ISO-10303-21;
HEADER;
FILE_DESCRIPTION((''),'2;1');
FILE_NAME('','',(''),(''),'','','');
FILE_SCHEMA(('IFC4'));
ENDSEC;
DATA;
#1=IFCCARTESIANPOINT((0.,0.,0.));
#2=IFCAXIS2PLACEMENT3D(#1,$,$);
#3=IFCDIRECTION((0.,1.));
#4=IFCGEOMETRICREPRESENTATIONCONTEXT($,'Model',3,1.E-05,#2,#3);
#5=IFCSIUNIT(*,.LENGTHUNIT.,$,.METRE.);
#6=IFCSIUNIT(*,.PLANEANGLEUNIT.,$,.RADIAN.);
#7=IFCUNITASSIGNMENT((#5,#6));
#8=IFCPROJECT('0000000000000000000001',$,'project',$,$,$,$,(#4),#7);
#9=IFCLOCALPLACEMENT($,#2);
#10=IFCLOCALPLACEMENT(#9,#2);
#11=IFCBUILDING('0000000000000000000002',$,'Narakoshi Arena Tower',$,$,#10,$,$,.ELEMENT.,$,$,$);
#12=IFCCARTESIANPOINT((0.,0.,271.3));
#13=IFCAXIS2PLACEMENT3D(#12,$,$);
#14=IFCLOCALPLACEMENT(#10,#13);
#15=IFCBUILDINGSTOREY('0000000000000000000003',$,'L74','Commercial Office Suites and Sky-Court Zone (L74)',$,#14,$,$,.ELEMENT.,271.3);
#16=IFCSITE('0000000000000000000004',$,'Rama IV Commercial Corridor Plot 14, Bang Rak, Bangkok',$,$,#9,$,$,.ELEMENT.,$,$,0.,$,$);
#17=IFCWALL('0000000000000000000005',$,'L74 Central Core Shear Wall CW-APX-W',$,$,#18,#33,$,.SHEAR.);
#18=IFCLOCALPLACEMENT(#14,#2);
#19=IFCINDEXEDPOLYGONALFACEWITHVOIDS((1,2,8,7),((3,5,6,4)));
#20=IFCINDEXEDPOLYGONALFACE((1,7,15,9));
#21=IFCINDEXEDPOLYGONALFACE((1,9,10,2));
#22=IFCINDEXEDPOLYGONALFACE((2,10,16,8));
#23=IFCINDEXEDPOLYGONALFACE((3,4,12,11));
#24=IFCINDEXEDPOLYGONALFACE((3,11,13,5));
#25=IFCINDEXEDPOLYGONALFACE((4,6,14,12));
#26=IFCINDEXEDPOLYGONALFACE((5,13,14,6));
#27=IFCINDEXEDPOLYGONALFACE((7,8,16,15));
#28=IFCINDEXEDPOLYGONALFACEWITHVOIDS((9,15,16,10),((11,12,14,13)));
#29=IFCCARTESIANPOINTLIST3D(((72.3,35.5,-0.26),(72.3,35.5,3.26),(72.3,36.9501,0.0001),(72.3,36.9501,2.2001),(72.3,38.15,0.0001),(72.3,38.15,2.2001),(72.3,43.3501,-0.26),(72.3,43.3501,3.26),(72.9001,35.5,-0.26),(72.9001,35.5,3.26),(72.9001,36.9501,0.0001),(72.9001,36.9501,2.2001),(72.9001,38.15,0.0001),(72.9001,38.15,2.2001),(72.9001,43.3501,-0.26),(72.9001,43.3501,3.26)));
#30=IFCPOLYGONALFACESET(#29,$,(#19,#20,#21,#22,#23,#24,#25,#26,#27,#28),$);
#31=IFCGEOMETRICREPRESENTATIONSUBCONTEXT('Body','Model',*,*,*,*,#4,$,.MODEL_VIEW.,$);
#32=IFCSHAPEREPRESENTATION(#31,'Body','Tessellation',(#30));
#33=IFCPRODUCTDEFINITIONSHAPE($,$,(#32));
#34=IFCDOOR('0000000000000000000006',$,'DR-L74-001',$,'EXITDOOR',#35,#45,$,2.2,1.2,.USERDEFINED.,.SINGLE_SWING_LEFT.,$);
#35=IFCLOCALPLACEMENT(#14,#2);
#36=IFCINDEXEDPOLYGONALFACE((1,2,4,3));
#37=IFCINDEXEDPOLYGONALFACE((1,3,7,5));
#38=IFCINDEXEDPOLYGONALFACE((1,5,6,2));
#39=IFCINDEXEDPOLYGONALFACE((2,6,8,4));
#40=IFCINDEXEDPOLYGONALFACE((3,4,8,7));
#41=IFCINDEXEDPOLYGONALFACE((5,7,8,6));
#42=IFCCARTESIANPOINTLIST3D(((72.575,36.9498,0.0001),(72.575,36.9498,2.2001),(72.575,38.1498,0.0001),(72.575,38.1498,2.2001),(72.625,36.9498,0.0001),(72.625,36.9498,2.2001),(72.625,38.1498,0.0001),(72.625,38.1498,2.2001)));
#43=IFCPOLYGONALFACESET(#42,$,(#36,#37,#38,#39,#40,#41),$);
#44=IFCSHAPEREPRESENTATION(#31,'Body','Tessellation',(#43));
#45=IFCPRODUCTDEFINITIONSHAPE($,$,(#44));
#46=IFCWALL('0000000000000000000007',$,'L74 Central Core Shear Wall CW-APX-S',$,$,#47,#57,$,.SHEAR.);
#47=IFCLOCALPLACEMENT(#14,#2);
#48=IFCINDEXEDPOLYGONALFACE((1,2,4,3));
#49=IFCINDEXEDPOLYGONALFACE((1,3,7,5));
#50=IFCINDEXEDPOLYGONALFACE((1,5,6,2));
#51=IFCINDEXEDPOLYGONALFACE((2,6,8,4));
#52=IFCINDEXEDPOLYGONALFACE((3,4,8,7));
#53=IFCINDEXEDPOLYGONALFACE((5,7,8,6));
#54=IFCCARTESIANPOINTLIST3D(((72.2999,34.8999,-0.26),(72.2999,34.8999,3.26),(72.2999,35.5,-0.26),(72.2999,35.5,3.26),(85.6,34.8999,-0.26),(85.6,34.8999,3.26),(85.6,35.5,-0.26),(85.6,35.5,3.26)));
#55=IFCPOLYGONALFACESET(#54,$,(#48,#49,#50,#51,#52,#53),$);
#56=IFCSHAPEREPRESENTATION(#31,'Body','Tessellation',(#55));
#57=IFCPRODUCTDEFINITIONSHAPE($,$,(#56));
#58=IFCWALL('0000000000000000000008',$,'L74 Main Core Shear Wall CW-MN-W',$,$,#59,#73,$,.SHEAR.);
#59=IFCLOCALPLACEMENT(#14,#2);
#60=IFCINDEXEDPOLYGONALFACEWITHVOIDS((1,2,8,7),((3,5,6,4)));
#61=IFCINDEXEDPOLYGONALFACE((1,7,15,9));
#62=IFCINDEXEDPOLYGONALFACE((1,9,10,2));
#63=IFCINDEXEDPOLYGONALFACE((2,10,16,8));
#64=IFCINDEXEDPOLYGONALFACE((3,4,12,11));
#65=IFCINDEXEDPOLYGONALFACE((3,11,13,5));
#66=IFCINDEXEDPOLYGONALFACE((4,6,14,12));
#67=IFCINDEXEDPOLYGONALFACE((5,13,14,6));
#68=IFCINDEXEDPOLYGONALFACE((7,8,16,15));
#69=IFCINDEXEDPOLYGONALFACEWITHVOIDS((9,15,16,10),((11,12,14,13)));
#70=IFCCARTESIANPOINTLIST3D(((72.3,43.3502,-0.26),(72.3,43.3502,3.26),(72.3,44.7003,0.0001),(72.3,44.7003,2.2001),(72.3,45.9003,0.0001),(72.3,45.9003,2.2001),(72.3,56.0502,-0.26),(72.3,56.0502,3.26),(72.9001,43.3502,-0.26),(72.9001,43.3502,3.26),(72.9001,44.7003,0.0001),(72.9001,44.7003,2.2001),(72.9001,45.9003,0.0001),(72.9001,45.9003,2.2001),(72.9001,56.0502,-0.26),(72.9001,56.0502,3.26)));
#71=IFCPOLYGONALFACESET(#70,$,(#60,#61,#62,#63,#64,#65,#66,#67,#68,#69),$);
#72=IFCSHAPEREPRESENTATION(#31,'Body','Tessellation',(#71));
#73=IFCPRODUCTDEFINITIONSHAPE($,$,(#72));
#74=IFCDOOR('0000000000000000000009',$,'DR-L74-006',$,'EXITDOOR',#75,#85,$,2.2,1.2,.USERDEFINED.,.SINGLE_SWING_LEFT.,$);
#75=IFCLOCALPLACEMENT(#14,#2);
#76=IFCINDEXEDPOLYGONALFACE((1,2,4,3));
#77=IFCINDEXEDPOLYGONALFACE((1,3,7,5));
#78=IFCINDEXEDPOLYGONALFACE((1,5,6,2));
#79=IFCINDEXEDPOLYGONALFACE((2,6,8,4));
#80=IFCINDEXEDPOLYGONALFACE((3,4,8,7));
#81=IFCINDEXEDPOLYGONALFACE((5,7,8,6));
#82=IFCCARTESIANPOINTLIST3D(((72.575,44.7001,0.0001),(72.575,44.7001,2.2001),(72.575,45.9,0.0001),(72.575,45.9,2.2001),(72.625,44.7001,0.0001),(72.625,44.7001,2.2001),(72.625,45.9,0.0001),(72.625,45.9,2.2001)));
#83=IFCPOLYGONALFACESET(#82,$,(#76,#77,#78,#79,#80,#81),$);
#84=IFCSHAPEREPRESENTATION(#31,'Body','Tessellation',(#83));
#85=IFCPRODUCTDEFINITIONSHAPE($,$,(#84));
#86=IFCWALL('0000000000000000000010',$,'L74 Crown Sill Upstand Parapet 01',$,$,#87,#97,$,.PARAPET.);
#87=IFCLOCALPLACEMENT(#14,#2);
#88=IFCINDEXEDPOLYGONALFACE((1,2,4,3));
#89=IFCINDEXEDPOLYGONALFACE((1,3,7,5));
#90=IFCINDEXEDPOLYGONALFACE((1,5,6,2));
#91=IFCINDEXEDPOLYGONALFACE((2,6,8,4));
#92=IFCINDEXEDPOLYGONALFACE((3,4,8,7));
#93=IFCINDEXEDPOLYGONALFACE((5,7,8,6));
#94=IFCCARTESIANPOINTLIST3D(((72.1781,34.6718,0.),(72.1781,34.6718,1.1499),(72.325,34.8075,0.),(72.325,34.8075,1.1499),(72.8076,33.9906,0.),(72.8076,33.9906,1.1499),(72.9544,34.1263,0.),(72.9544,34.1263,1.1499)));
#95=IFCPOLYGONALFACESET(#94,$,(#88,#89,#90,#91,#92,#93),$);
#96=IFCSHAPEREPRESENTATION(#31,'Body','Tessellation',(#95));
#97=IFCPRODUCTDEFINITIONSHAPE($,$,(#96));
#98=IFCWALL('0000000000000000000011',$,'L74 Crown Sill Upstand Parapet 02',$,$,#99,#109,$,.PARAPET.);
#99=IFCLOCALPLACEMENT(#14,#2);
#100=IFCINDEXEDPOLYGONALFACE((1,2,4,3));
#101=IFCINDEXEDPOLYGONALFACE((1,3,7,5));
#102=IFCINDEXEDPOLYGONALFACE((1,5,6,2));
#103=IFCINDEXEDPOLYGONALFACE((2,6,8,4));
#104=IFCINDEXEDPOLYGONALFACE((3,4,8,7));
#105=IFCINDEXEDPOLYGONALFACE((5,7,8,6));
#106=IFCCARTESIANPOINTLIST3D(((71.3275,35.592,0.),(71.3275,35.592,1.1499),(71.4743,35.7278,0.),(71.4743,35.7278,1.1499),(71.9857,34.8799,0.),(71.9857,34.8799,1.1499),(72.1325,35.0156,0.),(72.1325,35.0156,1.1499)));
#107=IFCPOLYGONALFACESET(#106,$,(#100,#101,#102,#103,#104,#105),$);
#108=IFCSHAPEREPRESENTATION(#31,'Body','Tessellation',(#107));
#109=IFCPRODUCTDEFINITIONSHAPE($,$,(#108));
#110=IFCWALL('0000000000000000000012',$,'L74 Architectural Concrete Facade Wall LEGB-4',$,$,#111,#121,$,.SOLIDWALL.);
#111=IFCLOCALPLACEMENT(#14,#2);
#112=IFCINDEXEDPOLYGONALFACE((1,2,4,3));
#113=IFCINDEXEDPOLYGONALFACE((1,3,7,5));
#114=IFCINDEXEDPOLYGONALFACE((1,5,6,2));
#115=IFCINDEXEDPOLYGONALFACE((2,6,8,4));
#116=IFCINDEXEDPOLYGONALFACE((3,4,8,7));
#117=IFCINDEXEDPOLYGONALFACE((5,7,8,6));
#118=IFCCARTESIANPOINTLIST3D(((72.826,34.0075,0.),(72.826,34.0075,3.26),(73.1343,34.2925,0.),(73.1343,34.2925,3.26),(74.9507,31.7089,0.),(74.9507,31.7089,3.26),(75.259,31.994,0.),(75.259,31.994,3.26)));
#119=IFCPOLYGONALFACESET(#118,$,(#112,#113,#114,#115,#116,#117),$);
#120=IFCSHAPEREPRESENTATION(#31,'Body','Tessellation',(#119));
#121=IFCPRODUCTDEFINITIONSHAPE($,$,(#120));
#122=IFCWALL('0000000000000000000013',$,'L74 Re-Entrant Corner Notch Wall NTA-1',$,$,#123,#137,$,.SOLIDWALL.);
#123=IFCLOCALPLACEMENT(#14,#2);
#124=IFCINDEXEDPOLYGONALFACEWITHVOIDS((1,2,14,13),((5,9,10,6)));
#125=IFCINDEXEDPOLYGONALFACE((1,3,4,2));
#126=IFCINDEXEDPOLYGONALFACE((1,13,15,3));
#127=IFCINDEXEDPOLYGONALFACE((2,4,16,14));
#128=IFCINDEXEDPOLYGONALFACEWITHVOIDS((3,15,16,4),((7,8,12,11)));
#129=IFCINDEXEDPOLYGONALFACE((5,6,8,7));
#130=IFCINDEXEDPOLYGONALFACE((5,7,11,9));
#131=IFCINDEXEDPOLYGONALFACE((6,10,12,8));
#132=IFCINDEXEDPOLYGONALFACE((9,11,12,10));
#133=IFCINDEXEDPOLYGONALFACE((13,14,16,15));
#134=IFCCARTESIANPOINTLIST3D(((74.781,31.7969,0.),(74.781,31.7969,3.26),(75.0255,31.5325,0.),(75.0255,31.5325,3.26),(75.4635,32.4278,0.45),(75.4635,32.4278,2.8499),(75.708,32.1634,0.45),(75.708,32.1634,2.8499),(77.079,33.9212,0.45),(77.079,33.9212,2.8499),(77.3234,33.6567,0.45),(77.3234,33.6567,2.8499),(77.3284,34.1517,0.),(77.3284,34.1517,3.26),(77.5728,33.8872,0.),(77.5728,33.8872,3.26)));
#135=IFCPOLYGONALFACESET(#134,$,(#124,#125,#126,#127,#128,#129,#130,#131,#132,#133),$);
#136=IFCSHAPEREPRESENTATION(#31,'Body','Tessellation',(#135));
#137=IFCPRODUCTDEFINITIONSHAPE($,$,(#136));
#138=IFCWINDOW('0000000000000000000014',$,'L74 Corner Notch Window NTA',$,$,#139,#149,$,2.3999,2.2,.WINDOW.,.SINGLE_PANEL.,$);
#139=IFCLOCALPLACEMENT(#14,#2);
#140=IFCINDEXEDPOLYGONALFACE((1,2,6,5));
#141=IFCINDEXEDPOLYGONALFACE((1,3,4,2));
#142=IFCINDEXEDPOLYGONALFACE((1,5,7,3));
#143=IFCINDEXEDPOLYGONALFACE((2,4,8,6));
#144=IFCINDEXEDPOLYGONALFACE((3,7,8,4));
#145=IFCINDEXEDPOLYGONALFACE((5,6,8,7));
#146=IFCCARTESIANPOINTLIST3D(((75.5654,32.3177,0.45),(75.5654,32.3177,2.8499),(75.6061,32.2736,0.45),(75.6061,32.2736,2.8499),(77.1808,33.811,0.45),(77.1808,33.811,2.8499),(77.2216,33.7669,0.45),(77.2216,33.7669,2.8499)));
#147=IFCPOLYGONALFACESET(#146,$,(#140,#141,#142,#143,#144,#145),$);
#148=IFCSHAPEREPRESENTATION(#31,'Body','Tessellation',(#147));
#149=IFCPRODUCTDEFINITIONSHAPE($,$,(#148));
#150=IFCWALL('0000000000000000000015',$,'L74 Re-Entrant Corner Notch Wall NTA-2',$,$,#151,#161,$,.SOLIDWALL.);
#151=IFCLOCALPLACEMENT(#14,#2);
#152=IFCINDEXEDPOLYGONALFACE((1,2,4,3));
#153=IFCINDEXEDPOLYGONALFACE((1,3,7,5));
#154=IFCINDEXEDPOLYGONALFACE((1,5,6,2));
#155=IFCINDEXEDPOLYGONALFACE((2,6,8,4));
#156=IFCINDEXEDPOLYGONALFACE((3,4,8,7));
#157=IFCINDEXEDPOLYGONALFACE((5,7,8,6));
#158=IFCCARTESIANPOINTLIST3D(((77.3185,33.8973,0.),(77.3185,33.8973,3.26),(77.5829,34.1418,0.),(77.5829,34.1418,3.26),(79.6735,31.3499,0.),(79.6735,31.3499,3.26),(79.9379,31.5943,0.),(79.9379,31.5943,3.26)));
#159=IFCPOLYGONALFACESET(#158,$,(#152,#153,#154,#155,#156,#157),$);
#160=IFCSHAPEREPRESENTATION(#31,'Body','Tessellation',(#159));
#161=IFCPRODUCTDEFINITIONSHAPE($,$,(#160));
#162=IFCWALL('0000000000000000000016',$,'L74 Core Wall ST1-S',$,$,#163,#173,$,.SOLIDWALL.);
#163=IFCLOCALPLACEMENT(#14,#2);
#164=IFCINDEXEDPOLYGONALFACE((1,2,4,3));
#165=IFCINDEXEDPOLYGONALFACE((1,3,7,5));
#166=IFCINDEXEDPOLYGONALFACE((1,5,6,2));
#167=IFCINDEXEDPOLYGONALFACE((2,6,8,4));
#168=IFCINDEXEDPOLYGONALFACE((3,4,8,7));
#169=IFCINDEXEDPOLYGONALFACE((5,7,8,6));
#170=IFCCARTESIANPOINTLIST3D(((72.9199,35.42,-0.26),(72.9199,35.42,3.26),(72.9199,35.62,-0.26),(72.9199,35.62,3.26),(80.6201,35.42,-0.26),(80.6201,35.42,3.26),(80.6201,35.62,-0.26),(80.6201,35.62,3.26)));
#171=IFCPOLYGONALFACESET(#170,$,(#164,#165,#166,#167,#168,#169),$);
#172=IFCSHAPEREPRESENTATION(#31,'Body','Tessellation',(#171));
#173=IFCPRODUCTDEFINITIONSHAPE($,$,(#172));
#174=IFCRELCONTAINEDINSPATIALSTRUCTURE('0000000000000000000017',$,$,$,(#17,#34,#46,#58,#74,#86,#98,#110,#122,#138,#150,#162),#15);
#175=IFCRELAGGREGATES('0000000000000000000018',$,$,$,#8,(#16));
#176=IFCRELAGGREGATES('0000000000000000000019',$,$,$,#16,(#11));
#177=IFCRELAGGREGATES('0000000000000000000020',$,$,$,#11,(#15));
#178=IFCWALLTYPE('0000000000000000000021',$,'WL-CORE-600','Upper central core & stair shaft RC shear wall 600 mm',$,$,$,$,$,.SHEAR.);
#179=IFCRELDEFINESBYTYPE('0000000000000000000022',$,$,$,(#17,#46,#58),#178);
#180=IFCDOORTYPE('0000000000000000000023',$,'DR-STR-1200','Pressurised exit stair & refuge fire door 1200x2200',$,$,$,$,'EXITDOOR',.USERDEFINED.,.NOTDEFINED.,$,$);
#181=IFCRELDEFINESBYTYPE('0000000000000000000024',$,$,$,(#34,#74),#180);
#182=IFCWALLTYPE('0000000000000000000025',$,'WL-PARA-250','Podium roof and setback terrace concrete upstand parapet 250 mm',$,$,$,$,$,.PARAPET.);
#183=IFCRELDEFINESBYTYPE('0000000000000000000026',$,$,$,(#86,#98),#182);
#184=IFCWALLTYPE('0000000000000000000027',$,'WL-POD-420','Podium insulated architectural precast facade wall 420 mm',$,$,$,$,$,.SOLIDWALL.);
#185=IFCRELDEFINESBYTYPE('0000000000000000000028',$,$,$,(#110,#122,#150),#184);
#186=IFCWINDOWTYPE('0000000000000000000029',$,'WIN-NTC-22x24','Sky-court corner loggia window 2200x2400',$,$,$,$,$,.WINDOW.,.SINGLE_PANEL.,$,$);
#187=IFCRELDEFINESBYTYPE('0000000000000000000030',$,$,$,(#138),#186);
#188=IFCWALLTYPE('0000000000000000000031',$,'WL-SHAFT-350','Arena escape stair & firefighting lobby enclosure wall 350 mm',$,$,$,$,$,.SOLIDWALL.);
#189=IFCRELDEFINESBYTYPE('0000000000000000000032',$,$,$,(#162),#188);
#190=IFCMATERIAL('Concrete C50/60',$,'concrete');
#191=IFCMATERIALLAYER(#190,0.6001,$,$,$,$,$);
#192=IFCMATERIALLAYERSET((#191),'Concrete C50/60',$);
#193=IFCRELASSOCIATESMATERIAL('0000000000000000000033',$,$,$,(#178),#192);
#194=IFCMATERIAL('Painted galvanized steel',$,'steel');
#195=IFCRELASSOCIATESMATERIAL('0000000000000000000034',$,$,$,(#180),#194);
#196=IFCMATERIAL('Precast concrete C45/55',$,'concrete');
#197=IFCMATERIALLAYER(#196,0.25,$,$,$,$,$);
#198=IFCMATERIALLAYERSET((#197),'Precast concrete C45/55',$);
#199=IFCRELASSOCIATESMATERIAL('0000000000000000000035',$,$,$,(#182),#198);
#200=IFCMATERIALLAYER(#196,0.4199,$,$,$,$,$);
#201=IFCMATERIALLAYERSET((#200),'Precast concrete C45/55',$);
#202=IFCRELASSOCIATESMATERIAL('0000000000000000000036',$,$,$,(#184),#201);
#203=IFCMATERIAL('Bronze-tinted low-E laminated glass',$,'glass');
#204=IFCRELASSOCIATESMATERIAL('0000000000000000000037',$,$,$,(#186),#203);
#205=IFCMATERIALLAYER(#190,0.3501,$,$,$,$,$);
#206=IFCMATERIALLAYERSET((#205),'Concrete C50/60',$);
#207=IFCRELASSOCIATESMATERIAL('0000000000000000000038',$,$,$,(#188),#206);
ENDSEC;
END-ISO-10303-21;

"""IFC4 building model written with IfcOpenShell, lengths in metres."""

from ifc_helpers import new_model, si_unit, direction, frame, frame_2d, origin, place, context, subcontext, project, spatial, rectangle, extrude, material, layer, layer_set, type_object, element, fill, save


model = new_model("IFC4")

# Units and contexts
model_context = context("Model", 3, precision=1e-05, world=origin(), true_north=direction((0.0, 1.0)))
body_context = subcontext(model_context, "Body", "Model", "MODEL_VIEW")
ifc_project = project(units=[si_unit("LENGTHUNIT", "METRE"), si_unit("PLANEANGLEUNIT", "RADIAN")], contexts=[model_context])

# Site, building, storey
site_placement = place(None, origin())
site = spatial("IfcSite", under=ifc_project, at=site_placement, Name="Rama IV Commercial Corridor Plot 14, Bang Rak, Bangkok", CompositionType="ELEMENT", RefElevation=0.0)
building_placement = place(site_placement, origin())
building = spatial("IfcBuilding", under=site, at=building_placement, Name="Narakoshi Arena Tower", CompositionType="ELEMENT")
storey_placement = place(building_placement, frame((0.0, 0.0, 271.3)))
storey = spatial("IfcBuildingStorey", under=building, at=storey_placement, Name="L74", Description="Commercial Office Suites and Sky-Court Zone (L74)", CompositionType="ELEMENT", Elevation=271.3)

# Wall, opening, door
ifc_material_1 = material(Name="Concrete C50/60", Category="concrete")
ifc_layer_1 = layer(ifc_material_1, 0.6001)
ifc_layer_set_1 = layer_set([ifc_layer_1], Name="Concrete C50/60")
wall_type_1 = type_object("IfcWallType", Name="WL-CORE-600", Description="Upper central core & stair shaft RC shear wall 600 mm", PredefinedType="SHEAR", material=ifc_layer_set_1)
wall_1_placement = place(storey_placement, frame((72.6001, 35.5, -0.26), z_axis=(0.0, 0.0, 1.0), x_axis=(0.0, 1.0, 0.0)))
wall_1 = element("IfcWall", 1, at=wall_1_placement, inside=storey, type_object=wall_type_1, Name="L74 Central Core Shear Wall CW-APX-W", PredefinedType="SHEAR", context=body_context, shape_type="SweptSolid", body=[
    extrude(rectangle(XDim=7.8501, YDim=0.6001, at=frame_2d((3.925, 0.0))), origin(), (0.0, 0.0, 1.0), 3.52),
])
opening_1_placement = place(wall_1_placement, frame((1.45, 0.0, 0.26)))
opening_1 = element("IfcOpeningElement", 2, at=opening_1_placement, cuts=wall_1, PredefinedType="OPENING", context=body_context, shape_type="SweptSolid", body=[
    extrude(rectangle(XDim=1.2, YDim=2.2, at=frame_2d((0.6001, 1.1001))), frame((0.0, 0.3101, 0.0), z_axis=(0.0, -1.0, 0.0), x_axis=(1.0, 0.0, 0.0)), (0.0, 0.0, 1.0), 0.6201),
])
ifc_material_2 = material(Name="Painted galvanized steel", Category="steel")
door_type = type_object("IfcDoorType", Name="DR-STR-1200", Description="Pressurised exit stair & refuge fire door 1200x2200", ElementType="EXITDOOR", OperationType="NOTDEFINED", PredefinedType="USERDEFINED", material=ifc_material_2)
door_1_placement = place(opening_1_placement, frame((1.2, 0.0, 0.0), z_axis=(0.0, 0.0, 1.0), x_axis=(-1.0, 0.0, 0.0)))
door_1 = element("IfcDoor", 3, at=door_1_placement, inside=storey, type_object=door_type, Name="DR-L74-001", ObjectType="EXITDOOR", OperationType="SINGLE_SWING_LEFT", OverallHeight=2.2, OverallWidth=1.2, PredefinedType="USERDEFINED", context=body_context, shape_type="SweptSolid", body=[
    extrude(rectangle(XDim=1.2, YDim=2.2, at=frame_2d((0.6001, 1.1001))), frame((0.0, 0.0249, 0.0), z_axis=(0.0, -1.0, 0.0), x_axis=(1.0, 0.0, 0.0)), (0.0, 0.0, 1.0), 0.05),
])
fill(opening_1, door_1)

# Wall
wall_2_placement = place(storey_placement, frame((72.3, 35.2, -0.26), z_axis=(0.0, 0.0, 1.0), x_axis=(1.0, 0.0, 0.0)))
element("IfcWall", 4, at=wall_2_placement, inside=storey, type_object=wall_type_1, Name="L74 Central Core Shear Wall CW-APX-S", PredefinedType="SHEAR", context=body_context, shape_type="SweptSolid", body=[
    extrude(rectangle(XDim=13.3, YDim=0.6001, at=frame_2d((6.6499, 0.0))), origin(), (0.0, 0.0, 1.0), 3.52),
])

# Wall, opening, door
wall_3_placement = place(storey_placement, frame((72.6001, 43.3501, -0.26), z_axis=(0.0, 0.0, 1.0), x_axis=(0.0, 1.0, 0.0)))
wall_3 = element("IfcWall", 5, at=wall_3_placement, inside=storey, type_object=wall_type_1, Name="L74 Main Core Shear Wall CW-MN-W", PredefinedType="SHEAR", context=body_context, shape_type="SweptSolid", body=[
    extrude(rectangle(XDim=12.7, YDim=0.6001, at=frame_2d((6.3501, 0.0))), origin(), (0.0, 0.0, 1.0), 3.52),
])
opening_2_placement = place(wall_3_placement, frame((1.3501, 0.0, 0.26)))
opening_2 = element("IfcOpeningElement", 6, at=opening_2_placement, cuts=wall_3, PredefinedType="OPENING", context=body_context, shape_type="SweptSolid", body=[
    extrude(rectangle(XDim=1.2, YDim=2.2, at=frame_2d((0.6001, 1.1001))), frame((0.0, 0.3101, 0.0), z_axis=(0.0, -1.0, 0.0), x_axis=(1.0, 0.0, 0.0)), (0.0, 0.0, 1.0), 0.6201),
])
door_2_placement = place(opening_2_placement, frame((1.2, 0.0, 0.0), z_axis=(0.0, 0.0, 1.0), x_axis=(-1.0, 0.0, 0.0)))
door_2 = element("IfcDoor", 7, at=door_2_placement, inside=storey, type_object=door_type, Name="DR-L74-006", ObjectType="EXITDOOR", OperationType="SINGLE_SWING_LEFT", OverallHeight=2.2, OverallWidth=1.2, PredefinedType="USERDEFINED", context=body_context, shape_type="SweptSolid", body=[
    extrude(rectangle(XDim=1.2, YDim=2.2, at=frame_2d((0.6001, 1.1001))), frame((0.0, 0.0249, 0.0), z_axis=(0.0, -1.0, 0.0), x_axis=(1.0, 0.0, 0.0)), (0.0, 0.0, 1.0), 0.05),
])
fill(opening_2, door_2)

# Walls
ifc_material_3 = material(Name="Precast concrete C45/55", Category="concrete")
ifc_layer_2 = layer(ifc_material_3, 0.25)
ifc_layer_set_2 = layer_set([ifc_layer_2], Name="Precast concrete C45/55")
wall_type_2 = type_object("IfcWallType", Name="WL-PARA-250", Description="Podium roof and setback terrace concrete upstand parapet 250 mm", PredefinedType="PARAPET", material=ifc_layer_set_2)
wall_4_placement = place(storey_placement, frame((72.8811, 34.0583, 0.0), z_axis=(0.0, 0.0, 1.0), x_axis=(-0.678652, 0.73446, 0.0)))
element("IfcWall", 8, at=wall_4_placement, inside=storey, type_object=wall_type_2, Name="L74 Crown Sill Upstand Parapet 01", PredefinedType="PARAPET", context=body_context, shape_type="SweptSolid", body=[
    extrude(rectangle(XDim=0.9275, YDim=0.2, at=frame_2d((0.4639, 0.0))), origin(), (0.0, 0.0, 1.0), 1.1499),
])
wall_5_placement = place(storey_placement, frame((72.0591, 34.9478, 0.0), z_axis=(0.0, 0.0, 1.0), x_axis=(-0.67874, 0.734379, 0.0)))
element("IfcWall", 9, at=wall_5_placement, inside=storey, type_object=wall_type_2, Name="L74 Crown Sill Upstand Parapet 02", PredefinedType="PARAPET", context=body_context, shape_type="SweptSolid", body=[
    extrude(rectangle(XDim=0.9697, YDim=0.2, at=frame_2d((0.4849, 0.0))), origin(), (0.0, 0.0, 1.0), 1.1499),
])
ifc_layer_3 = layer(ifc_material_3, 0.4199)
ifc_layer_set_3 = layer_set([ifc_layer_3], Name="Precast concrete C45/55")
wall_type_3 = type_object("IfcWallType", Name="WL-POD-420", Description="Podium insulated architectural precast facade wall 420 mm", PredefinedType="SOLIDWALL", material=ifc_layer_set_3)
wall_6_placement = place(storey_placement, frame((72.9802, 34.1499, 0.0), z_axis=(0.0, 0.0, 1.0), x_axis=(0.678795, -0.734328, 0.0)))
element("IfcWall", 10, at=wall_6_placement, inside=storey, type_object=wall_type_3, Name="L74 Architectural Concrete Facade Wall LEGB-4", PredefinedType="SOLIDWALL", context=body_context, shape_type="SweptSolid", body=[
    extrude(rectangle(XDim=3.1301, YDim=0.4199, at=frame_2d((1.5649, 0.0))), origin(), (0.0, 0.0, 1.0), 3.26),
])

# Wall, opening, window
wall_7_placement = place(storey_placement, frame((74.9033, 31.6648, 0.0), z_axis=(0.0, 0.0, 1.0), x_axis=(0.734326, 0.678797, 0.0)))
wall_7 = element("IfcWall", 11, at=wall_7_placement, inside=storey, type_object=wall_type_3, Name="L74 Re-Entrant Corner Notch Wall NTA-1", PredefinedType="SOLIDWALL", context=body_context, shape_type="SweptSolid", body=[
    extrude(rectangle(XDim=3.469, YDim=0.3601, at=frame_2d((1.7344, 0.0))), origin(), (0.0, 0.0, 1.0), 3.26),
])
opening_3_placement = place(wall_7_placement, frame((0.9292, 0.0, 0.45)))
opening_3 = element("IfcOpeningElement", 12, at=opening_3_placement, cuts=wall_7, PredefinedType="OPENING", context=body_context, shape_type="SweptSolid", body=[
    extrude(rectangle(XDim=2.2, YDim=2.3999, at=frame_2d((1.1001, 1.2))), frame((0.0, 0.1899, 0.0), z_axis=(0.0, -1.0, 0.0), x_axis=(1.0, 0.0, 0.0)), (0.0, 0.0, 1.0), 0.3801),
])
ifc_material_4 = material(Name="Bronze-tinted low-E laminated glass", Category="glass")
window_type = type_object("IfcWindowType", Name="WIN-NTC-22x24", Description="Sky-court corner loggia window 2200x2400", PartitioningType="SINGLE_PANEL", PredefinedType="WINDOW", material=ifc_material_4)
window_placement = place(opening_3_placement, origin())
window = element("IfcWindow", 13, at=window_placement, inside=storey, type_object=window_type, Name="L74 Corner Notch Window NTA", OverallHeight=2.3999, OverallWidth=2.2, PartitioningType="SINGLE_PANEL", PredefinedType="WINDOW", context=body_context, shape_type="SweptSolid", body=[
    extrude(rectangle(XDim=2.2, YDim=2.3999, at=frame_2d((1.1001, 1.2))), frame((0.0, 0.03, 0.0), z_axis=(0.0, -1.0, 0.0), x_axis=(1.0, 0.0, 0.0)), (0.0, 0.0, 1.0), 0.0601),
])
fill(opening_3, window)

# Walls
wall_8_placement = place(storey_placement, frame((77.4507, 34.0195, 0.0), z_axis=(0.0, 0.0, 1.0), x_axis=(0.678835, -0.734291, 0.0)))
element("IfcWall", 14, at=wall_8_placement, inside=storey, type_object=wall_type_3, Name="L74 Re-Entrant Corner Notch Wall NTA-2", PredefinedType="SOLIDWALL", context=body_context, shape_type="SweptSolid", body=[
    extrude(rectangle(XDim=3.4692, YDim=0.3601, at=frame_2d((1.7346, 0.0))), origin(), (0.0, 0.0, 1.0), 3.26),
])
ifc_layer_4 = layer(ifc_material_1, 0.3501)
ifc_layer_set_4 = layer_set([ifc_layer_4], Name="Concrete C50/60")
wall_type_4 = type_object("IfcWallType", Name="WL-SHAFT-350", Description="Arena escape stair & firefighting lobby enclosure wall 350 mm", PredefinedType="SOLIDWALL", material=ifc_layer_set_4)
for number, where, z_axis, x_axis, name in (
    (15, (72.9199, 35.52, -0.26), (0.0, 0.0, 1.0), (1.0, 0.0, 0.0), "L74 Core Wall ST1-S"),
):
    element("IfcWall", number, at=place(storey_placement, frame(where, z_axis=z_axis, x_axis=x_axis)), inside=storey, type_object=wall_type_4, Name=name, PredefinedType="SOLIDWALL", context=body_context, shape_type="SweptSolid", body=[
        extrude(rectangle(XDim=7.7002, YDim=0.2, at=frame_2d((3.8501, 0.0))), origin(), (0.0, 0.0, 1.0), 3.52),
    ])

save(model, "model.ifc")
